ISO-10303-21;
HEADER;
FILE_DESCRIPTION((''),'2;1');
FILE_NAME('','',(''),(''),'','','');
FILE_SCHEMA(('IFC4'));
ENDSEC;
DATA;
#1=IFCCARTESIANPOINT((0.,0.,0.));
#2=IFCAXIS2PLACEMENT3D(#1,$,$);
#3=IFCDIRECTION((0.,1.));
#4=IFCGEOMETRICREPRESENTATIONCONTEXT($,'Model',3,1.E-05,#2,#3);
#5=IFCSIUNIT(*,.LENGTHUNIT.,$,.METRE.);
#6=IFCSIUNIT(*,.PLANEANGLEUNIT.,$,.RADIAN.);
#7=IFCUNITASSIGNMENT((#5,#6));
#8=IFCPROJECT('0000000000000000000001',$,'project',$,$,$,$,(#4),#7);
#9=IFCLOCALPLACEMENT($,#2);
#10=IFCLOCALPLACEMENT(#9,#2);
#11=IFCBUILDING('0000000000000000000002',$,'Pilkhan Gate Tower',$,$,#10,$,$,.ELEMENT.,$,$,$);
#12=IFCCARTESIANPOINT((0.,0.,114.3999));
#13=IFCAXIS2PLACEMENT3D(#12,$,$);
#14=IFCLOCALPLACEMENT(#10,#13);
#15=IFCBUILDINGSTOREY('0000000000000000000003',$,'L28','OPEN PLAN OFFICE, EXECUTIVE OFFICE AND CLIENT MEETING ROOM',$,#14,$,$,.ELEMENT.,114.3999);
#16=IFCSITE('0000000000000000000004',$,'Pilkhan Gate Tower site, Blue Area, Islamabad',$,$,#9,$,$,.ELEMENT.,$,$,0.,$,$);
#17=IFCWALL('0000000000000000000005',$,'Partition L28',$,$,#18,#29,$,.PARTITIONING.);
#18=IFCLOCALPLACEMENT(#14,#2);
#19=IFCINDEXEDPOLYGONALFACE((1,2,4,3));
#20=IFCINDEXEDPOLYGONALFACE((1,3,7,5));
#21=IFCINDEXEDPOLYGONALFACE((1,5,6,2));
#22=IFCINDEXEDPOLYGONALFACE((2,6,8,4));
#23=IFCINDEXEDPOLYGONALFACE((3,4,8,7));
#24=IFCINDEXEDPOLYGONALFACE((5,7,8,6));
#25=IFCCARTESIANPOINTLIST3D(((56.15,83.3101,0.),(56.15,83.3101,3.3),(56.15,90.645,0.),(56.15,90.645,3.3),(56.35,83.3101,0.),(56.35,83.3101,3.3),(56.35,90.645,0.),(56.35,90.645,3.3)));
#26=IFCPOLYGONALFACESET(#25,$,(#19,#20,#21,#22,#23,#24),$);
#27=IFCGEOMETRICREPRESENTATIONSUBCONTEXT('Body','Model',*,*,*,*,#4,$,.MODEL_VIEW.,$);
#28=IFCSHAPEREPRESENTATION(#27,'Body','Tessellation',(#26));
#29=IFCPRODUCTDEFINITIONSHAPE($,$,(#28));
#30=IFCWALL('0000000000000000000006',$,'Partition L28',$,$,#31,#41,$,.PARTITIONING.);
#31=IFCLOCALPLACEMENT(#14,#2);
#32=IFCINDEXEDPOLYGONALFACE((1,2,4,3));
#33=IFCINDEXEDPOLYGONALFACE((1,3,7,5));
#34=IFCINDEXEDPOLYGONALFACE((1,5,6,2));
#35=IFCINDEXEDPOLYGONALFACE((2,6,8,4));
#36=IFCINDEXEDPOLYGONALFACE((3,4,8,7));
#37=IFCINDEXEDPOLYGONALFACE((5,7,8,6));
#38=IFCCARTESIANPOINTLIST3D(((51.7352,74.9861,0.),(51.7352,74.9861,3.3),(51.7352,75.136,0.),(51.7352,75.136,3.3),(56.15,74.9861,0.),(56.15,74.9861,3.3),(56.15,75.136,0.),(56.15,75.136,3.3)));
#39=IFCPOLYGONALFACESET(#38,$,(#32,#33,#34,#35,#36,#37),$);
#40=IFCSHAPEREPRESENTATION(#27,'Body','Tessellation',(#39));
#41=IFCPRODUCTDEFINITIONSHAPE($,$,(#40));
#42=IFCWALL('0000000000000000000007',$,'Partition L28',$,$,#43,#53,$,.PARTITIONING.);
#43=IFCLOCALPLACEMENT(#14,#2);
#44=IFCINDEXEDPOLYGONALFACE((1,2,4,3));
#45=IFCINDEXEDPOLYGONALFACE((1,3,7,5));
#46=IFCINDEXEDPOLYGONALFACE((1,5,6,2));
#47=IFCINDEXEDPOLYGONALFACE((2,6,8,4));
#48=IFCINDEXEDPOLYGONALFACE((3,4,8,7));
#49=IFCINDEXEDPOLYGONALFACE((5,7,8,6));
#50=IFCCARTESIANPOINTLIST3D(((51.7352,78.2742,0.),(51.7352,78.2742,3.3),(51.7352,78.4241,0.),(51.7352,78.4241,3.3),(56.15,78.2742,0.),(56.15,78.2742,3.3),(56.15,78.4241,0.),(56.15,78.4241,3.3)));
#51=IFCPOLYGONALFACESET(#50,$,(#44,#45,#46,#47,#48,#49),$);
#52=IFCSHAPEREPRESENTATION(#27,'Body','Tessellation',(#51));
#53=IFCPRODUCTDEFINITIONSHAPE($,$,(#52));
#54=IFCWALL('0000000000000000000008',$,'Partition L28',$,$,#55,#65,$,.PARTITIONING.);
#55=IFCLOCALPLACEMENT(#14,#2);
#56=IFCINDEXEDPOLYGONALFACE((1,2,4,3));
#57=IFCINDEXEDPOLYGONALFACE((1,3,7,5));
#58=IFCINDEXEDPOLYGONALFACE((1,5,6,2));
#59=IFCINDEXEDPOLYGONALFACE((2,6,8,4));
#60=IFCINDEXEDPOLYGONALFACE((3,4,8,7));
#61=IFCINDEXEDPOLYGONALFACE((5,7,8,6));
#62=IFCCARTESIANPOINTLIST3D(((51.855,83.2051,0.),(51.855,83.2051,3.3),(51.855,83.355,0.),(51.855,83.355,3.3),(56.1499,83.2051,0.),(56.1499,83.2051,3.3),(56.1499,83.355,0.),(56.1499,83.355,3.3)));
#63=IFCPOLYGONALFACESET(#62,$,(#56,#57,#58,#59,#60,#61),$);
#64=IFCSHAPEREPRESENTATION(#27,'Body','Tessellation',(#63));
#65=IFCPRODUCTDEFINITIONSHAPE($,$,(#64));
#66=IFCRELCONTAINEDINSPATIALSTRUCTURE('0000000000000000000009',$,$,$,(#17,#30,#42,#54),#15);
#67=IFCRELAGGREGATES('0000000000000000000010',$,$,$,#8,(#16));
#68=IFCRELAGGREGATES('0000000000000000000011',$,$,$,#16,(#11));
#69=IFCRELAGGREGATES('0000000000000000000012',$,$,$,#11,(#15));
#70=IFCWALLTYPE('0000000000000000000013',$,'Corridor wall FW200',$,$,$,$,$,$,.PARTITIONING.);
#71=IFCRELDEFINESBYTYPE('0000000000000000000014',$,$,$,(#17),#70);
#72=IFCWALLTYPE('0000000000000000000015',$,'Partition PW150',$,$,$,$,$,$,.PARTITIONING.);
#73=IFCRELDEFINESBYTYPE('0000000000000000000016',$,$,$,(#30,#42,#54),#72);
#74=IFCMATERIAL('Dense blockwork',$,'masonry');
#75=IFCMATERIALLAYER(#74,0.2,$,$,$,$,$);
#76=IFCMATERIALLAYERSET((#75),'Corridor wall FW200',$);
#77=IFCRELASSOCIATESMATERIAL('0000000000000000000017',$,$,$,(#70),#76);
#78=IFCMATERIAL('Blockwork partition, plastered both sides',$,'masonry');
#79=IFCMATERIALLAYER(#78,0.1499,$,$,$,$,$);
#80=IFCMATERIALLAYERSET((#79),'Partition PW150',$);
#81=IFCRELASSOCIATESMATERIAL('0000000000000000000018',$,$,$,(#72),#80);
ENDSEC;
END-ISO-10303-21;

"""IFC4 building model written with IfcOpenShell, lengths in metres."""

from ifc_helpers import new_model, si_unit, direction, frame, frame_2d, origin, place, context, subcontext, project, spatial, rectangle, extrude, material, layer, layer_set, type_object, element, save


model = new_model("IFC4")

# Units and contexts
model_context = context("Model", 3, precision=1e-05, world=origin(), true_north=direction((0.0, 1.0)))
body_context = subcontext(model_context, "Body", "Model", "MODEL_VIEW")
ifc_project = project(units=[si_unit("LENGTHUNIT", "METRE"), si_unit("PLANEANGLEUNIT", "RADIAN")], contexts=[model_context])

# Site, building, storey
site_placement = place(None, origin())
site = spatial("IfcSite", under=ifc_project, at=site_placement, Name="Pilkhan Gate Tower site, Blue Area, Islamabad", CompositionType="ELEMENT", RefElevation=0.0)
building_placement = place(site_placement, origin())
building = spatial("IfcBuilding", under=site, at=building_placement, Name="Pilkhan Gate Tower", CompositionType="ELEMENT")
storey_placement = place(building_placement, frame((0.0, 0.0, 114.3999)))
storey = spatial("IfcBuildingStorey", under=building, at=storey_placement, Name="L28", Description="OPEN PLAN OFFICE, EXECUTIVE OFFICE AND CLIENT MEETING ROOM", CompositionType="ELEMENT", Elevation=114.3999)

# Walls
ifc_material_1 = material(Name="Dense blockwork", Category="masonry")
ifc_layer_1 = layer(ifc_material_1, 0.2)
ifc_layer_set_1 = layer_set([ifc_layer_1], Name="Corridor wall FW200")
wall_type_1 = type_object("IfcWallType", Name="Corridor wall FW200", PredefinedType="PARTITIONING", material=ifc_layer_set_1)
wall_1_placement = place(storey_placement, frame((56.25, 83.3101, 0.0), z_axis=(0.0, 0.0, 1.0), x_axis=(0.0, 1.0, 0.0)))
element("IfcWall", 1, at=wall_1_placement, inside=storey, type_object=wall_type_1, Name="Partition L28", PredefinedType="PARTITIONING", context=body_context, shape_type="SweptSolid", body=[
    extrude(rectangle(XDim=7.335, YDim=0.2, at=frame_2d((3.6675, 0.0))), origin(), (0.0, 0.0, 1.0), 3.3),
])
ifc_material_2 = material(Name="Blockwork partition, plastered both sides", Category="masonry")
ifc_layer_2 = layer(ifc_material_2, 0.1499)
ifc_layer_set_2 = layer_set([ifc_layer_2], Name="Partition PW150")
wall_type_2 = type_object("IfcWallType", Name="Partition PW150", PredefinedType="PARTITIONING", material=ifc_layer_set_2)
for number, where, z_axis, x_axis, name in (
    (2, (51.7351, 75.061, 0.0), (0.0, 0.0, 1.0), (1.0, 0.0, 0.0), "Partition L28"),
    (3, (51.7351, 78.3491, 0.0), (0.0, 0.0, 1.0), (1.0, 0.0, 0.0), "Partition L28"),
):
    element("IfcWall", number, at=place(storey_placement, frame(where, z_axis=z_axis, x_axis=x_axis)), inside=storey, type_object=wall_type_2, Name=name, PredefinedType="PARTITIONING", context=body_context, shape_type="SweptSolid", body=[
        extrude(rectangle(XDim=4.4148, YDim=0.1499, at=frame_2d((2.2075, 0.0))), origin(), (0.0, 0.0, 1.0), 3.3),
    ])
wall_2_placement = place(storey_placement, frame((51.855, 83.28, 0.0), z_axis=(0.0, 0.0, 1.0), x_axis=(1.0, 0.0, 0.0)))
element("IfcWall", 4, at=wall_2_placement, inside=storey, type_object=wall_type_2, Name="Partition L28", PredefinedType="PARTITIONING", context=body_context, shape_type="SweptSolid", body=[
    extrude(rectangle(XDim=4.2949, YDim=0.1499, at=frame_2d((2.1475, 0.0))), origin(), (0.0, 0.0, 1.0), 3.3),
])

save(model, "model.ifc")
